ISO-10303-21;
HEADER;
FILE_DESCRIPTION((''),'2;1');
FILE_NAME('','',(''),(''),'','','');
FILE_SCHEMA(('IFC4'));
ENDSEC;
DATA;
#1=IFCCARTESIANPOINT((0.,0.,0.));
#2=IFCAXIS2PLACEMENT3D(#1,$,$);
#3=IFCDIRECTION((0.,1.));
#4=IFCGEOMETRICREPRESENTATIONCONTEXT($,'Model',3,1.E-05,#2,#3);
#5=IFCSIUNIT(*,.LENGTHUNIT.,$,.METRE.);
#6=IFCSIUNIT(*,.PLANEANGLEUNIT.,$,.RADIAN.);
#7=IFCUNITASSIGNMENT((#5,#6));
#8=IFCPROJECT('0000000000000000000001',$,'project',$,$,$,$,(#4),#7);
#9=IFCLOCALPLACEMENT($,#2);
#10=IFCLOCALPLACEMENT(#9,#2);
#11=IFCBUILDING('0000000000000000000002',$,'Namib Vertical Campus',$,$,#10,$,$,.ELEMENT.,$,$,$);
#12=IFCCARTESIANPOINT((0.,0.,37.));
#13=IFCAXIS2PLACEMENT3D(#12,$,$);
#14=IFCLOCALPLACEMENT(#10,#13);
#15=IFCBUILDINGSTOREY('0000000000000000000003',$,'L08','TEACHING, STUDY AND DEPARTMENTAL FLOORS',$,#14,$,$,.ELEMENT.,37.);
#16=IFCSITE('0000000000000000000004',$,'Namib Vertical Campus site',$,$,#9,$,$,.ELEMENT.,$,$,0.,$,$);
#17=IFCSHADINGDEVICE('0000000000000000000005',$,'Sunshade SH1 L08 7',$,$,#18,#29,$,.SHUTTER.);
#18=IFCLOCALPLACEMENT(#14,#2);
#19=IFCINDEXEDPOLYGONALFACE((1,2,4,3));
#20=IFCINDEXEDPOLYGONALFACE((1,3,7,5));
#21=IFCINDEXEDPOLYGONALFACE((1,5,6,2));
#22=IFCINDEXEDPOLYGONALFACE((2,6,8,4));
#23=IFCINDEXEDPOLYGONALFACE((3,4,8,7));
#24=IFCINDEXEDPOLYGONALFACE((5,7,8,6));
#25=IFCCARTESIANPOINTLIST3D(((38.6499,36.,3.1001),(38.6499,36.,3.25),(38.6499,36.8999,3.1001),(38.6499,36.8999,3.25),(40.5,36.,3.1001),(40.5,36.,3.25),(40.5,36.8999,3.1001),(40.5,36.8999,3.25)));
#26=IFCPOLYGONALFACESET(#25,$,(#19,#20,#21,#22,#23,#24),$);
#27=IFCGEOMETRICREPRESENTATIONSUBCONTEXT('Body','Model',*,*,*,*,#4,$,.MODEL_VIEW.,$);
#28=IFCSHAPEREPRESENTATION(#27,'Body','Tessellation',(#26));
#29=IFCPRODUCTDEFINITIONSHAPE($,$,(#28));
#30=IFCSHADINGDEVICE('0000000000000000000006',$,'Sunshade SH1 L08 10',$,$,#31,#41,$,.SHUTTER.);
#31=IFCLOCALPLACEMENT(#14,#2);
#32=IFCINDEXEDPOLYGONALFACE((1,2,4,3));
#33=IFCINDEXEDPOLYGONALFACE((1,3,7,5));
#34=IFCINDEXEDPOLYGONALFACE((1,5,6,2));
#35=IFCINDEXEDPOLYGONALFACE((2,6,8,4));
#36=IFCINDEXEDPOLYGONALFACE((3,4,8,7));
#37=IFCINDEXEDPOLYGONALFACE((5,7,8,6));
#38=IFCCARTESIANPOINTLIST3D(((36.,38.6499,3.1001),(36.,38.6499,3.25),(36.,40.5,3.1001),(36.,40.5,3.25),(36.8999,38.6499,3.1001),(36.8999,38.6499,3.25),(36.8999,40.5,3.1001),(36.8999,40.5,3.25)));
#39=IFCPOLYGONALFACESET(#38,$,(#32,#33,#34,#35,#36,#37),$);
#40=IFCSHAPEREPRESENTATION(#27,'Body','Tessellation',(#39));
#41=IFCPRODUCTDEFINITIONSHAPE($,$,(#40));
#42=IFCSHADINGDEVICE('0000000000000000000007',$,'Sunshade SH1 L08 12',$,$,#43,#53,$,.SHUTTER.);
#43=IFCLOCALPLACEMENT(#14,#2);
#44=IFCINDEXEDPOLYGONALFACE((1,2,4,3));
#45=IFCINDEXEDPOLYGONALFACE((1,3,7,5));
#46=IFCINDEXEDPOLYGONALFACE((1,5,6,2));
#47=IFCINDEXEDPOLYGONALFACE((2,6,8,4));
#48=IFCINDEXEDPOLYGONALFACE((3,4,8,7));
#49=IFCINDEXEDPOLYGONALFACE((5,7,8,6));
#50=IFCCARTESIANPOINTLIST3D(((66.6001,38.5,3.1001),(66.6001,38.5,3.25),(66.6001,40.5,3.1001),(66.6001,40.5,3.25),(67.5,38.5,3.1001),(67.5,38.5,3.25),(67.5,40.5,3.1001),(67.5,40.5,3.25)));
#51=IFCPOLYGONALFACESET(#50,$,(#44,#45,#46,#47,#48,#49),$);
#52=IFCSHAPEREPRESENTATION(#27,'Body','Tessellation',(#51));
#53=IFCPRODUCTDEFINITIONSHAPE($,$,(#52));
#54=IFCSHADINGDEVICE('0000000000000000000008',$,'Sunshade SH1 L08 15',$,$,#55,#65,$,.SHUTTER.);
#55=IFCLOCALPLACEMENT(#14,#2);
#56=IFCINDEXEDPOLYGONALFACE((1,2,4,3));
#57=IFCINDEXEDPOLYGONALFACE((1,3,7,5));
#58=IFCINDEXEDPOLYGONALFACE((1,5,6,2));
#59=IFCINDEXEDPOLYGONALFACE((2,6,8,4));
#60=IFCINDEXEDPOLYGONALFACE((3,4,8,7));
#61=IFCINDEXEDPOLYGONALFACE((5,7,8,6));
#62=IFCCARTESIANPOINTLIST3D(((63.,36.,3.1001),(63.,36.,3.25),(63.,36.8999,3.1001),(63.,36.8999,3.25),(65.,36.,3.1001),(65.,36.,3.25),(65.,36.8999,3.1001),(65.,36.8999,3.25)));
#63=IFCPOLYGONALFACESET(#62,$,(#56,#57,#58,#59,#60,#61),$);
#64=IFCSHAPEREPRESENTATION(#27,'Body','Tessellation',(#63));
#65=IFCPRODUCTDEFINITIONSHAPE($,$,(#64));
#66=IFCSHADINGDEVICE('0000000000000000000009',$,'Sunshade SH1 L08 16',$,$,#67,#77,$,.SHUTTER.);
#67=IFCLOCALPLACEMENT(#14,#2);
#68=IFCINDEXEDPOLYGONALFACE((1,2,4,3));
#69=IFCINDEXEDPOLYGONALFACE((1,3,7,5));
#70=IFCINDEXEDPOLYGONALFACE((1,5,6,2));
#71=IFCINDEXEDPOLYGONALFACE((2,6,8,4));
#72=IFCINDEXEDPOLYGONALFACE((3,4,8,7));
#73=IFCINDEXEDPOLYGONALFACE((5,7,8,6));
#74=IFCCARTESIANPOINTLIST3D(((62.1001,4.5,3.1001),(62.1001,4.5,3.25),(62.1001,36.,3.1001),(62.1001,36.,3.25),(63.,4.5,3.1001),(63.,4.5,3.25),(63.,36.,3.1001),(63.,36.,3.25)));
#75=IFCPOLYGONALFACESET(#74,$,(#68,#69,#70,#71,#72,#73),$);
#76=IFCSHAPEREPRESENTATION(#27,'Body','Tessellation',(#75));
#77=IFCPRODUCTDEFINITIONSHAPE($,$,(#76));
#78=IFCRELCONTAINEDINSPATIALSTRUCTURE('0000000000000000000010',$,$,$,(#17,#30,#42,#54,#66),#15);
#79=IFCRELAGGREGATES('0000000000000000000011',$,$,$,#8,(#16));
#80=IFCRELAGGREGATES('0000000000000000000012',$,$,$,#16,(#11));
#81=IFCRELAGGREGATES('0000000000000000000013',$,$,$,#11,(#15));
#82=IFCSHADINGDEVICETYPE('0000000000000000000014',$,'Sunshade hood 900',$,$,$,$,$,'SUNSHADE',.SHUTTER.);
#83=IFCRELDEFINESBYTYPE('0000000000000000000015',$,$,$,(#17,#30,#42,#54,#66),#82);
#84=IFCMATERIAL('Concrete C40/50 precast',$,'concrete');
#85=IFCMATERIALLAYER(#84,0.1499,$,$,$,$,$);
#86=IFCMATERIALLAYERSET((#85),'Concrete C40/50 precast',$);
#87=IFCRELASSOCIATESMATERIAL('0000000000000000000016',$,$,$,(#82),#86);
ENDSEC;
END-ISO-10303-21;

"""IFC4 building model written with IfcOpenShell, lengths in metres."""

from ifc_helpers import new_model, si_unit, direction, frame, origin, origin_2d, place, context, subcontext, project, spatial, rectangle, extrude, material, layer, layer_set, type_object, element, save


model = new_model("IFC4")

# Units and contexts
model_context = context("Model", 3, precision=1e-05, world=origin(), true_north=direction((0.0, 1.0)))
body_context = subcontext(model_context, "Body", "Model", "MODEL_VIEW")
ifc_project = project(units=[si_unit("LENGTHUNIT", "METRE"), si_unit("PLANEANGLEUNIT", "RADIAN")], contexts=[model_context])

# Site, building, storey
site_placement = place(None, origin())
site = spatial("IfcSite", under=ifc_project, at=site_placement, Name="Namib Vertical Campus site", CompositionType="ELEMENT", RefElevation=0.0)
building_placement = place(site_placement, origin())
building = spatial("IfcBuilding", under=site, at=building_placement, Name="Namib Vertical Campus", CompositionType="ELEMENT")
storey_placement = place(building_placement, frame((0.0, 0.0, 37.0)))
storey = spatial("IfcBuildingStorey", under=building, at=storey_placement, Name="L08", Description="TEACHING, STUDY AND DEPARTMENTAL FLOORS", CompositionType="ELEMENT", Elevation=37.0)

# Shading devices
ifc_material_1 = material(Name="Concrete C40/50 precast", Category="concrete")
ifc_layer_1 = layer(ifc_material_1, 0.1499)
ifc_layer_set_1 = layer_set([ifc_layer_1], Name="Concrete C40/50 precast")
shading_device_type = type_object("IfcShadingDeviceType", Name="Sunshade hood 900", ElementType="SUNSHADE", PredefinedType="SHUTTER", material=ifc_layer_set_1)
for number, where, z_axis, x_axis, name in (
    (1, (39.575, 36.45, 3.1001), (0.0, 0.0, 1.0), (-1.0, 0.0, 0.0), "Sunshade SH1 L08 7"),
    (2, (36.45, 39.575, 3.1001), (0.0, 0.0, 1.0), (0.0, 1.0, 0.0), "Sunshade SH1 L08 10"),
):
    element("IfcShadingDevice", number, at=place(storey_placement, frame(where, z_axis=z_axis, x_axis=x_axis)), inside=storey, type_object=shading_device_type, Name=name, PredefinedType="SHUTTER", context=body_context, shape_type="SweptSolid", body=[
        extrude(rectangle(XDim=1.8501, YDim=0.8999, at=origin_2d()), origin(), (0.0, 0.0, 1.0), 0.1499),
    ])
for number, where, z_axis, x_axis, name in (
    (3, (67.05, 39.5, 3.1001), (0.0, 0.0, 1.0), (0.0, -1.0, 0.0), "Sunshade SH1 L08 12"),
    (4, (64.0, 36.45, 3.1001), (0.0, 0.0, 1.0), (-1.0, 0.0, 0.0), "Sunshade SH1 L08 15"),
):
    element("IfcShadingDevice", number, at=place(storey_placement, frame(where, z_axis=z_axis, x_axis=x_axis)), inside=storey, type_object=shading_device_type, Name=name, PredefinedType="SHUTTER", context=body_context, shape_type="SweptSolid", body=[
        extrude(rectangle(XDim=2.0, YDim=0.8999, at=origin_2d()), origin(), (0.0, 0.0, 1.0), 0.1499),
    ])
shading_device_1_placement = place(storey_placement, frame((62.55, 20.25, 3.1001), z_axis=(0.0, 0.0, 1.0), x_axis=(0.0, -1.0, 0.0)))
element("IfcShadingDevice", 5, at=shading_device_1_placement, inside=storey, type_object=shading_device_type, Name="Sunshade SH1 L08 16", PredefinedType="SHUTTER", context=body_context, shape_type="SweptSolid", body=[
    extrude(rectangle(XDim=31.5, YDim=0.8999, at=origin_2d()), origin(), (0.0, 0.0, 1.0), 0.1499),
])

save(model, "model.ifc")
